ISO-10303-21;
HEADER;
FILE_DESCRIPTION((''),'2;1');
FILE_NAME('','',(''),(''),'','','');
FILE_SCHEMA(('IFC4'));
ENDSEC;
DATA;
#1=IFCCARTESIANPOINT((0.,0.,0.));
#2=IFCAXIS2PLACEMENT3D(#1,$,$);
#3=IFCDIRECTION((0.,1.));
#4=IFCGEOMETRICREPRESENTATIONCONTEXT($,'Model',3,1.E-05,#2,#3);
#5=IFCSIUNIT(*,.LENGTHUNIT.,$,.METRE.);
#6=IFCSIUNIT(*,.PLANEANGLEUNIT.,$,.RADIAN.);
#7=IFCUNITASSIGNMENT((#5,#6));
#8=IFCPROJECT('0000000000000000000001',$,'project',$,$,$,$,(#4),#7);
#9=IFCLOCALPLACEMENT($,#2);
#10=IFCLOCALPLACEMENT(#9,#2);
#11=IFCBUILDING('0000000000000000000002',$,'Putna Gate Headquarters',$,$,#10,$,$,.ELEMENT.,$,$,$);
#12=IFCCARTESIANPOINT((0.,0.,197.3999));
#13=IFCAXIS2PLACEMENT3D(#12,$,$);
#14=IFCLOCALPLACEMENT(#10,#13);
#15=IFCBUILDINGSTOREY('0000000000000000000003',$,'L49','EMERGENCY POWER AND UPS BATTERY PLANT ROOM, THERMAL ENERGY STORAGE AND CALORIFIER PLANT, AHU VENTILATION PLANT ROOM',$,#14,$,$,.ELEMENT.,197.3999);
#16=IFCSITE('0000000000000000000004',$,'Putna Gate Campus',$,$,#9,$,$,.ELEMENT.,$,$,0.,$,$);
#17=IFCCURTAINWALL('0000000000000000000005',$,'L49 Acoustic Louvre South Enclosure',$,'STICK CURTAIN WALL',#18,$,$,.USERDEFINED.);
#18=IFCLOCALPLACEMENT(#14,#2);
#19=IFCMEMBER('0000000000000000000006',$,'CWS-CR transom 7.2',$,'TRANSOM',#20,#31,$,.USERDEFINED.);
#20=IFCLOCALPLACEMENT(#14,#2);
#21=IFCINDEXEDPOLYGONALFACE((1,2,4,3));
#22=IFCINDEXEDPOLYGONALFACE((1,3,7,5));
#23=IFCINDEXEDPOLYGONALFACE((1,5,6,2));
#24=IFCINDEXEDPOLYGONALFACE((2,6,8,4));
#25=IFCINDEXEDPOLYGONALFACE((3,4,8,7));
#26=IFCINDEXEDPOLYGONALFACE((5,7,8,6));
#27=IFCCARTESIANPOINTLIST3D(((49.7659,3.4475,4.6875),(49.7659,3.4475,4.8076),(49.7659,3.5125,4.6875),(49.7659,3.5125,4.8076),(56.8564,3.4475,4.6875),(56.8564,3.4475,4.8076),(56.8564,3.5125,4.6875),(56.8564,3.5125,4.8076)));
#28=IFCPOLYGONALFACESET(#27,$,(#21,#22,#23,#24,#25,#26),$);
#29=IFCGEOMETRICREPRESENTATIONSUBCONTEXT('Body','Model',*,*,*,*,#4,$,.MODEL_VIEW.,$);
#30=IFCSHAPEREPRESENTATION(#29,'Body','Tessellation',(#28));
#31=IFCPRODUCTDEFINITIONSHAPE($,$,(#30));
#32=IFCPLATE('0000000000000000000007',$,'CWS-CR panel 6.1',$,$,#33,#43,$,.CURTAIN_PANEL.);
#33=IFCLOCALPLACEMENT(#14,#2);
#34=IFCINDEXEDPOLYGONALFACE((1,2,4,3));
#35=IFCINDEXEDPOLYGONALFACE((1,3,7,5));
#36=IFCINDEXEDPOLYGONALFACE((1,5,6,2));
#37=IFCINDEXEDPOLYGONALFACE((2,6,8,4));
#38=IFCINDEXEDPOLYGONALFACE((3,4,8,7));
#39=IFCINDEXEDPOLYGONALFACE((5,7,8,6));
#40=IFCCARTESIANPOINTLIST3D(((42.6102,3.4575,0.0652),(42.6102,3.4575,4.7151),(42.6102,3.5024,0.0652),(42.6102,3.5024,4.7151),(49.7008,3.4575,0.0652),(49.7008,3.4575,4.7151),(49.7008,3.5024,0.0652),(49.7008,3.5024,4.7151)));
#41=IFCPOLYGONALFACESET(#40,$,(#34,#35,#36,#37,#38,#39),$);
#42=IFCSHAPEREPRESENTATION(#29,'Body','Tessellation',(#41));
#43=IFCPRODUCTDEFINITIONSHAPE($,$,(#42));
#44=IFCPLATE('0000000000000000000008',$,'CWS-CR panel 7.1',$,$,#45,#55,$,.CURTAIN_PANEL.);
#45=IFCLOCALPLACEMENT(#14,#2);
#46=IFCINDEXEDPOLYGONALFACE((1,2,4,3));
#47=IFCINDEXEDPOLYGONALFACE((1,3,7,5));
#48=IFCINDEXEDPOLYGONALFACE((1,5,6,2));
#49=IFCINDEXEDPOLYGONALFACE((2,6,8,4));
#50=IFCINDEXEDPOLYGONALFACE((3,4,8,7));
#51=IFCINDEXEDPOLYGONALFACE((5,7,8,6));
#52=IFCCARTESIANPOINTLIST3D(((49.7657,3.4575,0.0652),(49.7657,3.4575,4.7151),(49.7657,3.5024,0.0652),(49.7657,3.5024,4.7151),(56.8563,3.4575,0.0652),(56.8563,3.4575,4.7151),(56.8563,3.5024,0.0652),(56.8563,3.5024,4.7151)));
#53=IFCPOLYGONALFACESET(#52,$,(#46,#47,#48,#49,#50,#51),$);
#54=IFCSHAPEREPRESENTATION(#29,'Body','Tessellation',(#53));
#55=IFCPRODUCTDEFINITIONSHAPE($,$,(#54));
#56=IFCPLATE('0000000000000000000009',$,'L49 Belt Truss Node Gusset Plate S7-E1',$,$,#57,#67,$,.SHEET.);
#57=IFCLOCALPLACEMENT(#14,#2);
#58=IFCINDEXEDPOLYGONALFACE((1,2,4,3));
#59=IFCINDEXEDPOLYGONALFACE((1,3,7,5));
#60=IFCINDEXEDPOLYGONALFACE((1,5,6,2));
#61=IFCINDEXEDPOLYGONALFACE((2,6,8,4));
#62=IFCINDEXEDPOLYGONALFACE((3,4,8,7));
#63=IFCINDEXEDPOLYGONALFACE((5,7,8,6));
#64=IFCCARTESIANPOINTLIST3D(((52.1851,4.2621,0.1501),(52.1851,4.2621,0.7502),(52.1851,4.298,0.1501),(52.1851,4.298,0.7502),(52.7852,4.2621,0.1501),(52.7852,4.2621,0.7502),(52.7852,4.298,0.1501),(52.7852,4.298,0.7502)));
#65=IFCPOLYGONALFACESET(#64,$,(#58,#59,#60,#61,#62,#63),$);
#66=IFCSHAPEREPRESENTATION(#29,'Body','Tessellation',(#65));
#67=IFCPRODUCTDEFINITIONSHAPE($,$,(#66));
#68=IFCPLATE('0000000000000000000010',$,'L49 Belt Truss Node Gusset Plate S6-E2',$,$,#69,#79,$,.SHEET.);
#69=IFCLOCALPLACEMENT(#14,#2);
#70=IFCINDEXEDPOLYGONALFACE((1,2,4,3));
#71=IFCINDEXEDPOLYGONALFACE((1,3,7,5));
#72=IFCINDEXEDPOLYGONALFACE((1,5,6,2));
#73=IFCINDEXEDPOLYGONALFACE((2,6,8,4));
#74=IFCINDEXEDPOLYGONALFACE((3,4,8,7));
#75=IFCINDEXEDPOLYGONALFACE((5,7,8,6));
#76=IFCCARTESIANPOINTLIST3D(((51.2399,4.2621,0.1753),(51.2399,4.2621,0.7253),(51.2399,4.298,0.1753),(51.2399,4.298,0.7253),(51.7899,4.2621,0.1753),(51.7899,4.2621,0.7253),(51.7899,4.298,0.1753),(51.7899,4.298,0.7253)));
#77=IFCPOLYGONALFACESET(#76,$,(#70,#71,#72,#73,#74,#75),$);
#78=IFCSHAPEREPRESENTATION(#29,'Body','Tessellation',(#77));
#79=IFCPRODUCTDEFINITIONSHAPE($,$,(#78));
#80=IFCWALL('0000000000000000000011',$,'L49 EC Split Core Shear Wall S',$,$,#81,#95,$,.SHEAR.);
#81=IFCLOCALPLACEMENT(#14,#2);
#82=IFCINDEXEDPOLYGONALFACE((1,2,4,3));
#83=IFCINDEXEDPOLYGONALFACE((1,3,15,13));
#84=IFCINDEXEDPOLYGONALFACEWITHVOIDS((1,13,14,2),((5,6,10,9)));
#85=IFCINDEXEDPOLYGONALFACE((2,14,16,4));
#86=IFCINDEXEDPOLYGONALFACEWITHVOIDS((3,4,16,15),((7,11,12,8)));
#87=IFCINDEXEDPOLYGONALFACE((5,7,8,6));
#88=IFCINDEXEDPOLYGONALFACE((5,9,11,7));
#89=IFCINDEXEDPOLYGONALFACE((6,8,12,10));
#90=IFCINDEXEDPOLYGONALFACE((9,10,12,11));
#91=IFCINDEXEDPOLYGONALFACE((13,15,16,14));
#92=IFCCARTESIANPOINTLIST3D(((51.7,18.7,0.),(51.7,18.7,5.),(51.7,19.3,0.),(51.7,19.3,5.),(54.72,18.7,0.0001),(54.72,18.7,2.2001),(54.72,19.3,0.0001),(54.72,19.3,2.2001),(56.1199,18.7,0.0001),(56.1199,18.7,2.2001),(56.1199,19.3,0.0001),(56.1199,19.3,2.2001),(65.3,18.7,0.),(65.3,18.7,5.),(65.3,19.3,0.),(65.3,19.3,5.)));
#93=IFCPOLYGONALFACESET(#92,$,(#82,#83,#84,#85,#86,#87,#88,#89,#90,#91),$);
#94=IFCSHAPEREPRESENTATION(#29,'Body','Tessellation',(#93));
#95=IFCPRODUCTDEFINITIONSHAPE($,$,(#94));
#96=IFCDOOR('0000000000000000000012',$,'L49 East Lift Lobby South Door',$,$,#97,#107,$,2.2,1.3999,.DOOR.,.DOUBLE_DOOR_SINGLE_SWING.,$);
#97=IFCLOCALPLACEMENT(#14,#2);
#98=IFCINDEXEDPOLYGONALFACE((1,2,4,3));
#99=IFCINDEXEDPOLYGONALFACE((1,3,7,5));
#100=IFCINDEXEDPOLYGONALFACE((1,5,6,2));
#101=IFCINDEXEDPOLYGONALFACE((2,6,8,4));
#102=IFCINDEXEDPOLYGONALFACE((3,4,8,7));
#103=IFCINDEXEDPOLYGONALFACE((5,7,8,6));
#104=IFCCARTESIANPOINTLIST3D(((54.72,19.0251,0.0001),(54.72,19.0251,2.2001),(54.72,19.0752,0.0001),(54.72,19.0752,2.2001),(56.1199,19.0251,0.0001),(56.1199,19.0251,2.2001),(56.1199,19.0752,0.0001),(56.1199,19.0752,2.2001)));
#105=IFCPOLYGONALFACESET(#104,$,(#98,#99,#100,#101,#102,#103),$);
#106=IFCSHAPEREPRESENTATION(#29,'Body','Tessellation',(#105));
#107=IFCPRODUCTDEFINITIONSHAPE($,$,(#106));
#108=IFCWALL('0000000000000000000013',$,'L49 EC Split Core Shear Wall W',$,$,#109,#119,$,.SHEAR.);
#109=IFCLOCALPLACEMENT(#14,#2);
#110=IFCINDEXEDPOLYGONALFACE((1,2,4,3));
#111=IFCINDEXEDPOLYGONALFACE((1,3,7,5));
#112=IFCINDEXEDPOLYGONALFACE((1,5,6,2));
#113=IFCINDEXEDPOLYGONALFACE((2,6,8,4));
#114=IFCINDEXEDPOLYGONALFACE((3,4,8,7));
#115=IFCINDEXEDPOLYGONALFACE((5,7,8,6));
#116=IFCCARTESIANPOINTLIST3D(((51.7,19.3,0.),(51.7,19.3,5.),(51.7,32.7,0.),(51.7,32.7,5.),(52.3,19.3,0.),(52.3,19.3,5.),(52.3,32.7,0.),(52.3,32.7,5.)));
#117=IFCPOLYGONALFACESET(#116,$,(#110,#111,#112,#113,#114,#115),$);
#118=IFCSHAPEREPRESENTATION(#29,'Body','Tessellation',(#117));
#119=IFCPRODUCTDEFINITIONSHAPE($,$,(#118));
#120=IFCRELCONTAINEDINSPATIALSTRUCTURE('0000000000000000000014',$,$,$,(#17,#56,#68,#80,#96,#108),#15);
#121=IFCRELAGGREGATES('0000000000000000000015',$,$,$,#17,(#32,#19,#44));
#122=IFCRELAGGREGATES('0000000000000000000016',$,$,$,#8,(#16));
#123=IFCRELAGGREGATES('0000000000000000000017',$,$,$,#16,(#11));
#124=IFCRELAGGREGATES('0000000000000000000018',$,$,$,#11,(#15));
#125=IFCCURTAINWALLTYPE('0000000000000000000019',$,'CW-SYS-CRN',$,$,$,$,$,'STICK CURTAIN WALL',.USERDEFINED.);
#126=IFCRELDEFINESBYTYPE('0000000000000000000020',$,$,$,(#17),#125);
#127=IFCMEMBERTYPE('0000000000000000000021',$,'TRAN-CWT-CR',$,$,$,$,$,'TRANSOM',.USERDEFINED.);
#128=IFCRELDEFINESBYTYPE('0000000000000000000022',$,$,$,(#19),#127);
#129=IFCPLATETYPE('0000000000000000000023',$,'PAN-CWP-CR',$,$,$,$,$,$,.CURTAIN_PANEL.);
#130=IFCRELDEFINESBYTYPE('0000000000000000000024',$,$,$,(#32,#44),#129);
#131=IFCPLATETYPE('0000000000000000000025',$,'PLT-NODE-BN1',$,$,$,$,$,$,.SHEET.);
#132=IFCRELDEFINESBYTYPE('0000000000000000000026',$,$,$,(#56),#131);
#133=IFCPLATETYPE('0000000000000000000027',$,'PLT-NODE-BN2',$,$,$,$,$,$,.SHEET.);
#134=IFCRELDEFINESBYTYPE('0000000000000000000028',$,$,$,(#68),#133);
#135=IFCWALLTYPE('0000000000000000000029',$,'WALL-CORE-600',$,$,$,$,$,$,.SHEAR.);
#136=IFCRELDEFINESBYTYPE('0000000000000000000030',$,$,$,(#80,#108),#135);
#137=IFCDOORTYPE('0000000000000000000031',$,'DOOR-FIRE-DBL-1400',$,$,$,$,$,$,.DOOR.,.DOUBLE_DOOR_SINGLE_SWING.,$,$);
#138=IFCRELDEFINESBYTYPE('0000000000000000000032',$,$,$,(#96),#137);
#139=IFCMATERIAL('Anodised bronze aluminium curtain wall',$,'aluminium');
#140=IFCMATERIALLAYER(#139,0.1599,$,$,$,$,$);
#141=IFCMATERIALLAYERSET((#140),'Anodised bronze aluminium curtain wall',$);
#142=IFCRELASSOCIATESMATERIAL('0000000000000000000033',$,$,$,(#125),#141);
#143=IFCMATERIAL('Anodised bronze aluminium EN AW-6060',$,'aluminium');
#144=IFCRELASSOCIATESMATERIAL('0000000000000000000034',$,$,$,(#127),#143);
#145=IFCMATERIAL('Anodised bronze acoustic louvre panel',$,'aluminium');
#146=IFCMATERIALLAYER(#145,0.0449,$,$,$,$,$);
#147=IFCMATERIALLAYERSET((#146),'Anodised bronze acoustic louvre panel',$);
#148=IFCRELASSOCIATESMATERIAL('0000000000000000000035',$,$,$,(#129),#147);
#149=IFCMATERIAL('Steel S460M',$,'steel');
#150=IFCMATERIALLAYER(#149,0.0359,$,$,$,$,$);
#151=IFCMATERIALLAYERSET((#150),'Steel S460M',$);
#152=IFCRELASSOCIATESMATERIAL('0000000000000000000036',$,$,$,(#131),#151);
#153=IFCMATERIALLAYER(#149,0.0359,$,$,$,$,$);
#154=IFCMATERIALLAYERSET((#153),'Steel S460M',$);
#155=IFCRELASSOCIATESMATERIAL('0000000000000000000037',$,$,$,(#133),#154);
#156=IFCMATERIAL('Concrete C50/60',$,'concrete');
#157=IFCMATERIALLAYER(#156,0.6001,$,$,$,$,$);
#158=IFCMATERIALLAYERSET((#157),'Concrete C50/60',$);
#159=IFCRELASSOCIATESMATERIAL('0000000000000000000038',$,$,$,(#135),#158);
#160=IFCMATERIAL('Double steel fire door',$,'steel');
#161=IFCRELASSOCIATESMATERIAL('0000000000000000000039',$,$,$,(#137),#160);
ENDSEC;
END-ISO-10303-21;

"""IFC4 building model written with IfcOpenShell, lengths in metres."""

from ifc_helpers import new_model, si_unit, direction, frame, frame_2d, origin, origin_2d, place, context, subcontext, project, spatial, rectangle, extrude, material, layer, layer_set, material_profile, profile_set, type_object, element, fill, aggregate, save


model = new_model("IFC4")

# Units and contexts
model_context = context("Model", 3, precision=1e-05, world=origin(), true_north=direction((0.0, 1.0)))
body_context = subcontext(model_context, "Body", "Model", "MODEL_VIEW")
ifc_project = project(units=[si_unit("LENGTHUNIT", "METRE"), si_unit("PLANEANGLEUNIT", "RADIAN")], contexts=[model_context])

# Site, building, storey
site_placement = place(None, origin())
site = spatial("IfcSite", under=ifc_project, at=site_placement, Name="Putna Gate Campus", CompositionType="ELEMENT", RefElevation=0.0)
building_placement = place(site_placement, origin())
building = spatial("IfcBuilding", under=site, at=building_placement, Name="Putna Gate Headquarters", CompositionType="ELEMENT")
storey_placement = place(building_placement, frame((0.0, 0.0, 197.3999)))
storey = spatial("IfcBuildingStorey", under=building, at=storey_placement, Name="L49", Description="EMERGENCY POWER AND UPS BATTERY PLANT ROOM, THERMAL ENERGY STORAGE AND CALORIFIER PLANT, AHU VENTILATION PLANT ROOM", CompositionType="ELEMENT", Elevation=197.3999)

# Shared definitions
ifc_material_1 = material(Name="Concrete C50/60", Category="concrete")

# Shared definitions
ifc_material_2 = material(Name="Steel S460M", Category="steel")

# Curtain wall, member, plates
ifc_material_3 = material(Name="Anodised bronze aluminium curtain wall", Category="aluminium")
ifc_layer_1 = layer(ifc_material_3, 0.1599)
ifc_layer_set_1 = layer_set([ifc_layer_1], Name="Anodised bronze aluminium curtain wall")
curtain_wall_type = type_object("IfcCurtainWallType", Name="CW-SYS-CRN", ElementType="STICK CURTAIN WALL", PredefinedType="USERDEFINED", material=ifc_layer_set_1)
curtain_wall_placement = place(storey_placement, origin())
curtain_wall = element("IfcCurtainWall", 1, at=curtain_wall_placement, inside=storey, type_object=curtain_wall_type, Name="L49 Acoustic Louvre South Enclosure", ObjectType="STICK CURTAIN WALL", PredefinedType="USERDEFINED")
ifc_material_4 = material(Name="Anodised bronze aluminium EN AW-6060", Category="aluminium")
ifc_material_profile_1 = material_profile(ifc_material_4, rectangle(XDim=0.0649, YDim=0.1201, at=origin_2d()), Name="Anodised bronze aluminium EN AW-6060")
ifc_profile_set_1 = profile_set([ifc_material_profile_1], Name="Anodised bronze aluminium EN AW-6060")
member_type_1 = type_object("IfcMemberType", Name="TRAN-CWT-CR", ElementType="TRANSOM", PredefinedType="USERDEFINED", material=ifc_profile_set_1)
member_1_placement = place(storey_placement, frame((49.7659, 3.48, 4.7476), z_axis=(1.0, 0.0, 0.0), x_axis=(0.0, 1.0, 0.0)))
member_1 = element("IfcMember", 2, at=member_1_placement, type_object=member_type_1, Name="CWS-CR transom 7.2", ObjectType="TRANSOM", PredefinedType="USERDEFINED", context=body_context, shape_type="SweptSolid", body=[
    extrude(rectangle(XDim=0.0649, YDim=0.1201, at=origin_2d()), origin(), (0.0, 0.0, 1.0), 7.0906),
])
ifc_material_5 = material(Name="Anodised bronze acoustic louvre panel", Category="aluminium")
ifc_layer_2 = layer(ifc_material_5, 0.0449)
ifc_layer_set_2 = layer_set([ifc_layer_2], Name="Anodised bronze acoustic louvre panel")
plate_type_1 = type_object("IfcPlateType", Name="PAN-CWP-CR", PredefinedType="CURTAIN_PANEL", material=ifc_layer_set_2)
plate_1_placement = place(storey_placement, frame((46.1555, 3.48, 0.0652), z_axis=(0.0, 0.0, 1.0), x_axis=(1.0, 0.0, 0.0)))
plate_1 = element("IfcPlate", 3, at=plate_1_placement, type_object=plate_type_1, Name="CWS-CR panel 6.1", PredefinedType="CURTAIN_PANEL", context=body_context, shape_type="SweptSolid", body=[
    extrude(rectangle(XDim=7.0906, YDim=0.0449, at=origin_2d()), origin(), (0.0, 0.0, 1.0), 4.6499),
])
plate_2_placement = place(storey_placement, frame((53.311, 3.48, 0.0652), z_axis=(0.0, 0.0, 1.0), x_axis=(1.0, 0.0, 0.0)))
plate_2 = element("IfcPlate", 4, at=plate_2_placement, type_object=plate_type_1, Name="CWS-CR panel 7.1", PredefinedType="CURTAIN_PANEL", context=body_context, shape_type="SweptSolid", body=[
    extrude(rectangle(XDim=7.0906, YDim=0.0449, at=origin_2d()), origin(), (0.0, 0.0, 1.0), 4.6499),
])
aggregate(curtain_wall, [plate_1, member_1, plate_2])

# Plates
ifc_layer_3 = layer(ifc_material_2, 0.0359)
ifc_layer_set_3 = layer_set([ifc_layer_3], Name="Steel S460M")
plate_type_2 = type_object("IfcPlateType", Name="PLT-NODE-BN1", PredefinedType="SHEET", material=ifc_layer_set_3)
plate_3_placement = place(storey_placement, frame((52.4851, 4.28, 0.1501), z_axis=(0.0, 0.0, 1.0), x_axis=(1.0, 0.0, 0.0)))
element("IfcPlate", 5, at=plate_3_placement, inside=storey, type_object=plate_type_2, Name="L49 Belt Truss Node Gusset Plate S7-E1", PredefinedType="SHEET", context=body_context, shape_type="SweptSolid", body=[
    extrude(rectangle(XDim=0.6001, YDim=0.0359, at=origin_2d()), origin(), (0.0, 0.0, 1.0), 0.6001),
])
ifc_layer_4 = layer(ifc_material_2, 0.0359)
ifc_layer_set_4 = layer_set([ifc_layer_4], Name="Steel S460M")
plate_type_3 = type_object("IfcPlateType", Name="PLT-NODE-BN2", PredefinedType="SHEET", material=ifc_layer_set_4)
plate_4_placement = place(storey_placement, frame((51.5149, 4.28, 0.1753), z_axis=(0.0, 0.0, 1.0), x_axis=(1.0, 0.0, 0.0)))
element("IfcPlate", 6, at=plate_4_placement, inside=storey, type_object=plate_type_3, Name="L49 Belt Truss Node Gusset Plate S6-E2", PredefinedType="SHEET", context=body_context, shape_type="SweptSolid", body=[
    extrude(rectangle(XDim=0.55, YDim=0.0359, at=origin_2d()), origin(), (0.0, 0.0, 1.0), 0.55),
])

# Wall, opening, door
ifc_layer_5 = layer(ifc_material_1, 0.6001)
ifc_layer_set_5 = layer_set([ifc_layer_5], Name="Concrete C50/60")
wall_type_1 = type_object("IfcWallType", Name="WALL-CORE-600", PredefinedType="SHEAR", material=ifc_layer_set_5)
wall_1_placement = place(storey_placement, frame((51.7, 19.0, 0.0), z_axis=(0.0, 0.0, 1.0), x_axis=(1.0, 0.0, 0.0)))
wall_1 = element("IfcWall", 7, at=wall_1_placement, inside=storey, type_object=wall_type_1, Name="L49 EC Split Core Shear Wall S", PredefinedType="SHEAR", context=body_context, shape_type="SweptSolid", body=[
    extrude(rectangle(XDim=13.6001, YDim=0.6001, at=frame_2d((6.8, 0.0))), origin(), (0.0, 0.0, 1.0), 5.0),
])
opening_1_placement = place(wall_1_placement, frame((3.02, 0.0, 0.0)))
opening_1 = element("IfcOpeningElement", 8, at=opening_1_placement, cuts=wall_1, PredefinedType="OPENING", context=body_context, shape_type="SweptSolid", body=[
    extrude(rectangle(XDim=1.3999, YDim=2.2, at=frame_2d((0.7, 1.1001))), frame((0.0, 0.3101, 0.0), z_axis=(0.0, -1.0, 0.0), x_axis=(1.0, 0.0, 0.0)), (0.0, 0.0, 1.0), 0.6201),
])
ifc_material_6 = material(Name="Double steel fire door", Category="steel")
door_type_1 = type_object("IfcDoorType", Name="DOOR-FIRE-DBL-1400", OperationType="DOUBLE_DOOR_SINGLE_SWING", PredefinedType="DOOR", material=ifc_material_6)
door_1_placement = place(opening_1_placement, origin())
door_1 = element("IfcDoor", 9, at=door_1_placement, inside=storey, type_object=door_type_1, Name="L49 East Lift Lobby South Door", OperationType="DOUBLE_DOOR_SINGLE_SWING", OverallHeight=2.2, OverallWidth=1.3999, PredefinedType="DOOR", context=body_context, shape_type="SweptSolid", body=[
    extrude(rectangle(XDim=1.3999, YDim=2.2, at=frame_2d((0.7, 1.1001))), frame((0.0, 0.0752, 0.0), z_axis=(0.0, -1.0, 0.0), x_axis=(1.0, 0.0, 0.0)), (0.0, 0.0, 1.0), 0.05),
])
fill(opening_1, door_1)

# Wall
wall_2_placement = place(storey_placement, frame((52.0, 19.3, 0.0), z_axis=(0.0, 0.0, 1.0), x_axis=(0.0, 1.0, 0.0)))
element("IfcWall", 10, at=wall_2_placement, inside=storey, type_object=wall_type_1, Name="L49 EC Split Core Shear Wall W", PredefinedType="SHEAR", context=body_context, shape_type="SweptSolid", body=[
    extrude(rectangle(XDim=13.3999, YDim=0.6001, at=frame_2d((6.7, 0.0))), origin(), (0.0, 0.0, 1.0), 5.0),
])

save(model, "model.ifc")
